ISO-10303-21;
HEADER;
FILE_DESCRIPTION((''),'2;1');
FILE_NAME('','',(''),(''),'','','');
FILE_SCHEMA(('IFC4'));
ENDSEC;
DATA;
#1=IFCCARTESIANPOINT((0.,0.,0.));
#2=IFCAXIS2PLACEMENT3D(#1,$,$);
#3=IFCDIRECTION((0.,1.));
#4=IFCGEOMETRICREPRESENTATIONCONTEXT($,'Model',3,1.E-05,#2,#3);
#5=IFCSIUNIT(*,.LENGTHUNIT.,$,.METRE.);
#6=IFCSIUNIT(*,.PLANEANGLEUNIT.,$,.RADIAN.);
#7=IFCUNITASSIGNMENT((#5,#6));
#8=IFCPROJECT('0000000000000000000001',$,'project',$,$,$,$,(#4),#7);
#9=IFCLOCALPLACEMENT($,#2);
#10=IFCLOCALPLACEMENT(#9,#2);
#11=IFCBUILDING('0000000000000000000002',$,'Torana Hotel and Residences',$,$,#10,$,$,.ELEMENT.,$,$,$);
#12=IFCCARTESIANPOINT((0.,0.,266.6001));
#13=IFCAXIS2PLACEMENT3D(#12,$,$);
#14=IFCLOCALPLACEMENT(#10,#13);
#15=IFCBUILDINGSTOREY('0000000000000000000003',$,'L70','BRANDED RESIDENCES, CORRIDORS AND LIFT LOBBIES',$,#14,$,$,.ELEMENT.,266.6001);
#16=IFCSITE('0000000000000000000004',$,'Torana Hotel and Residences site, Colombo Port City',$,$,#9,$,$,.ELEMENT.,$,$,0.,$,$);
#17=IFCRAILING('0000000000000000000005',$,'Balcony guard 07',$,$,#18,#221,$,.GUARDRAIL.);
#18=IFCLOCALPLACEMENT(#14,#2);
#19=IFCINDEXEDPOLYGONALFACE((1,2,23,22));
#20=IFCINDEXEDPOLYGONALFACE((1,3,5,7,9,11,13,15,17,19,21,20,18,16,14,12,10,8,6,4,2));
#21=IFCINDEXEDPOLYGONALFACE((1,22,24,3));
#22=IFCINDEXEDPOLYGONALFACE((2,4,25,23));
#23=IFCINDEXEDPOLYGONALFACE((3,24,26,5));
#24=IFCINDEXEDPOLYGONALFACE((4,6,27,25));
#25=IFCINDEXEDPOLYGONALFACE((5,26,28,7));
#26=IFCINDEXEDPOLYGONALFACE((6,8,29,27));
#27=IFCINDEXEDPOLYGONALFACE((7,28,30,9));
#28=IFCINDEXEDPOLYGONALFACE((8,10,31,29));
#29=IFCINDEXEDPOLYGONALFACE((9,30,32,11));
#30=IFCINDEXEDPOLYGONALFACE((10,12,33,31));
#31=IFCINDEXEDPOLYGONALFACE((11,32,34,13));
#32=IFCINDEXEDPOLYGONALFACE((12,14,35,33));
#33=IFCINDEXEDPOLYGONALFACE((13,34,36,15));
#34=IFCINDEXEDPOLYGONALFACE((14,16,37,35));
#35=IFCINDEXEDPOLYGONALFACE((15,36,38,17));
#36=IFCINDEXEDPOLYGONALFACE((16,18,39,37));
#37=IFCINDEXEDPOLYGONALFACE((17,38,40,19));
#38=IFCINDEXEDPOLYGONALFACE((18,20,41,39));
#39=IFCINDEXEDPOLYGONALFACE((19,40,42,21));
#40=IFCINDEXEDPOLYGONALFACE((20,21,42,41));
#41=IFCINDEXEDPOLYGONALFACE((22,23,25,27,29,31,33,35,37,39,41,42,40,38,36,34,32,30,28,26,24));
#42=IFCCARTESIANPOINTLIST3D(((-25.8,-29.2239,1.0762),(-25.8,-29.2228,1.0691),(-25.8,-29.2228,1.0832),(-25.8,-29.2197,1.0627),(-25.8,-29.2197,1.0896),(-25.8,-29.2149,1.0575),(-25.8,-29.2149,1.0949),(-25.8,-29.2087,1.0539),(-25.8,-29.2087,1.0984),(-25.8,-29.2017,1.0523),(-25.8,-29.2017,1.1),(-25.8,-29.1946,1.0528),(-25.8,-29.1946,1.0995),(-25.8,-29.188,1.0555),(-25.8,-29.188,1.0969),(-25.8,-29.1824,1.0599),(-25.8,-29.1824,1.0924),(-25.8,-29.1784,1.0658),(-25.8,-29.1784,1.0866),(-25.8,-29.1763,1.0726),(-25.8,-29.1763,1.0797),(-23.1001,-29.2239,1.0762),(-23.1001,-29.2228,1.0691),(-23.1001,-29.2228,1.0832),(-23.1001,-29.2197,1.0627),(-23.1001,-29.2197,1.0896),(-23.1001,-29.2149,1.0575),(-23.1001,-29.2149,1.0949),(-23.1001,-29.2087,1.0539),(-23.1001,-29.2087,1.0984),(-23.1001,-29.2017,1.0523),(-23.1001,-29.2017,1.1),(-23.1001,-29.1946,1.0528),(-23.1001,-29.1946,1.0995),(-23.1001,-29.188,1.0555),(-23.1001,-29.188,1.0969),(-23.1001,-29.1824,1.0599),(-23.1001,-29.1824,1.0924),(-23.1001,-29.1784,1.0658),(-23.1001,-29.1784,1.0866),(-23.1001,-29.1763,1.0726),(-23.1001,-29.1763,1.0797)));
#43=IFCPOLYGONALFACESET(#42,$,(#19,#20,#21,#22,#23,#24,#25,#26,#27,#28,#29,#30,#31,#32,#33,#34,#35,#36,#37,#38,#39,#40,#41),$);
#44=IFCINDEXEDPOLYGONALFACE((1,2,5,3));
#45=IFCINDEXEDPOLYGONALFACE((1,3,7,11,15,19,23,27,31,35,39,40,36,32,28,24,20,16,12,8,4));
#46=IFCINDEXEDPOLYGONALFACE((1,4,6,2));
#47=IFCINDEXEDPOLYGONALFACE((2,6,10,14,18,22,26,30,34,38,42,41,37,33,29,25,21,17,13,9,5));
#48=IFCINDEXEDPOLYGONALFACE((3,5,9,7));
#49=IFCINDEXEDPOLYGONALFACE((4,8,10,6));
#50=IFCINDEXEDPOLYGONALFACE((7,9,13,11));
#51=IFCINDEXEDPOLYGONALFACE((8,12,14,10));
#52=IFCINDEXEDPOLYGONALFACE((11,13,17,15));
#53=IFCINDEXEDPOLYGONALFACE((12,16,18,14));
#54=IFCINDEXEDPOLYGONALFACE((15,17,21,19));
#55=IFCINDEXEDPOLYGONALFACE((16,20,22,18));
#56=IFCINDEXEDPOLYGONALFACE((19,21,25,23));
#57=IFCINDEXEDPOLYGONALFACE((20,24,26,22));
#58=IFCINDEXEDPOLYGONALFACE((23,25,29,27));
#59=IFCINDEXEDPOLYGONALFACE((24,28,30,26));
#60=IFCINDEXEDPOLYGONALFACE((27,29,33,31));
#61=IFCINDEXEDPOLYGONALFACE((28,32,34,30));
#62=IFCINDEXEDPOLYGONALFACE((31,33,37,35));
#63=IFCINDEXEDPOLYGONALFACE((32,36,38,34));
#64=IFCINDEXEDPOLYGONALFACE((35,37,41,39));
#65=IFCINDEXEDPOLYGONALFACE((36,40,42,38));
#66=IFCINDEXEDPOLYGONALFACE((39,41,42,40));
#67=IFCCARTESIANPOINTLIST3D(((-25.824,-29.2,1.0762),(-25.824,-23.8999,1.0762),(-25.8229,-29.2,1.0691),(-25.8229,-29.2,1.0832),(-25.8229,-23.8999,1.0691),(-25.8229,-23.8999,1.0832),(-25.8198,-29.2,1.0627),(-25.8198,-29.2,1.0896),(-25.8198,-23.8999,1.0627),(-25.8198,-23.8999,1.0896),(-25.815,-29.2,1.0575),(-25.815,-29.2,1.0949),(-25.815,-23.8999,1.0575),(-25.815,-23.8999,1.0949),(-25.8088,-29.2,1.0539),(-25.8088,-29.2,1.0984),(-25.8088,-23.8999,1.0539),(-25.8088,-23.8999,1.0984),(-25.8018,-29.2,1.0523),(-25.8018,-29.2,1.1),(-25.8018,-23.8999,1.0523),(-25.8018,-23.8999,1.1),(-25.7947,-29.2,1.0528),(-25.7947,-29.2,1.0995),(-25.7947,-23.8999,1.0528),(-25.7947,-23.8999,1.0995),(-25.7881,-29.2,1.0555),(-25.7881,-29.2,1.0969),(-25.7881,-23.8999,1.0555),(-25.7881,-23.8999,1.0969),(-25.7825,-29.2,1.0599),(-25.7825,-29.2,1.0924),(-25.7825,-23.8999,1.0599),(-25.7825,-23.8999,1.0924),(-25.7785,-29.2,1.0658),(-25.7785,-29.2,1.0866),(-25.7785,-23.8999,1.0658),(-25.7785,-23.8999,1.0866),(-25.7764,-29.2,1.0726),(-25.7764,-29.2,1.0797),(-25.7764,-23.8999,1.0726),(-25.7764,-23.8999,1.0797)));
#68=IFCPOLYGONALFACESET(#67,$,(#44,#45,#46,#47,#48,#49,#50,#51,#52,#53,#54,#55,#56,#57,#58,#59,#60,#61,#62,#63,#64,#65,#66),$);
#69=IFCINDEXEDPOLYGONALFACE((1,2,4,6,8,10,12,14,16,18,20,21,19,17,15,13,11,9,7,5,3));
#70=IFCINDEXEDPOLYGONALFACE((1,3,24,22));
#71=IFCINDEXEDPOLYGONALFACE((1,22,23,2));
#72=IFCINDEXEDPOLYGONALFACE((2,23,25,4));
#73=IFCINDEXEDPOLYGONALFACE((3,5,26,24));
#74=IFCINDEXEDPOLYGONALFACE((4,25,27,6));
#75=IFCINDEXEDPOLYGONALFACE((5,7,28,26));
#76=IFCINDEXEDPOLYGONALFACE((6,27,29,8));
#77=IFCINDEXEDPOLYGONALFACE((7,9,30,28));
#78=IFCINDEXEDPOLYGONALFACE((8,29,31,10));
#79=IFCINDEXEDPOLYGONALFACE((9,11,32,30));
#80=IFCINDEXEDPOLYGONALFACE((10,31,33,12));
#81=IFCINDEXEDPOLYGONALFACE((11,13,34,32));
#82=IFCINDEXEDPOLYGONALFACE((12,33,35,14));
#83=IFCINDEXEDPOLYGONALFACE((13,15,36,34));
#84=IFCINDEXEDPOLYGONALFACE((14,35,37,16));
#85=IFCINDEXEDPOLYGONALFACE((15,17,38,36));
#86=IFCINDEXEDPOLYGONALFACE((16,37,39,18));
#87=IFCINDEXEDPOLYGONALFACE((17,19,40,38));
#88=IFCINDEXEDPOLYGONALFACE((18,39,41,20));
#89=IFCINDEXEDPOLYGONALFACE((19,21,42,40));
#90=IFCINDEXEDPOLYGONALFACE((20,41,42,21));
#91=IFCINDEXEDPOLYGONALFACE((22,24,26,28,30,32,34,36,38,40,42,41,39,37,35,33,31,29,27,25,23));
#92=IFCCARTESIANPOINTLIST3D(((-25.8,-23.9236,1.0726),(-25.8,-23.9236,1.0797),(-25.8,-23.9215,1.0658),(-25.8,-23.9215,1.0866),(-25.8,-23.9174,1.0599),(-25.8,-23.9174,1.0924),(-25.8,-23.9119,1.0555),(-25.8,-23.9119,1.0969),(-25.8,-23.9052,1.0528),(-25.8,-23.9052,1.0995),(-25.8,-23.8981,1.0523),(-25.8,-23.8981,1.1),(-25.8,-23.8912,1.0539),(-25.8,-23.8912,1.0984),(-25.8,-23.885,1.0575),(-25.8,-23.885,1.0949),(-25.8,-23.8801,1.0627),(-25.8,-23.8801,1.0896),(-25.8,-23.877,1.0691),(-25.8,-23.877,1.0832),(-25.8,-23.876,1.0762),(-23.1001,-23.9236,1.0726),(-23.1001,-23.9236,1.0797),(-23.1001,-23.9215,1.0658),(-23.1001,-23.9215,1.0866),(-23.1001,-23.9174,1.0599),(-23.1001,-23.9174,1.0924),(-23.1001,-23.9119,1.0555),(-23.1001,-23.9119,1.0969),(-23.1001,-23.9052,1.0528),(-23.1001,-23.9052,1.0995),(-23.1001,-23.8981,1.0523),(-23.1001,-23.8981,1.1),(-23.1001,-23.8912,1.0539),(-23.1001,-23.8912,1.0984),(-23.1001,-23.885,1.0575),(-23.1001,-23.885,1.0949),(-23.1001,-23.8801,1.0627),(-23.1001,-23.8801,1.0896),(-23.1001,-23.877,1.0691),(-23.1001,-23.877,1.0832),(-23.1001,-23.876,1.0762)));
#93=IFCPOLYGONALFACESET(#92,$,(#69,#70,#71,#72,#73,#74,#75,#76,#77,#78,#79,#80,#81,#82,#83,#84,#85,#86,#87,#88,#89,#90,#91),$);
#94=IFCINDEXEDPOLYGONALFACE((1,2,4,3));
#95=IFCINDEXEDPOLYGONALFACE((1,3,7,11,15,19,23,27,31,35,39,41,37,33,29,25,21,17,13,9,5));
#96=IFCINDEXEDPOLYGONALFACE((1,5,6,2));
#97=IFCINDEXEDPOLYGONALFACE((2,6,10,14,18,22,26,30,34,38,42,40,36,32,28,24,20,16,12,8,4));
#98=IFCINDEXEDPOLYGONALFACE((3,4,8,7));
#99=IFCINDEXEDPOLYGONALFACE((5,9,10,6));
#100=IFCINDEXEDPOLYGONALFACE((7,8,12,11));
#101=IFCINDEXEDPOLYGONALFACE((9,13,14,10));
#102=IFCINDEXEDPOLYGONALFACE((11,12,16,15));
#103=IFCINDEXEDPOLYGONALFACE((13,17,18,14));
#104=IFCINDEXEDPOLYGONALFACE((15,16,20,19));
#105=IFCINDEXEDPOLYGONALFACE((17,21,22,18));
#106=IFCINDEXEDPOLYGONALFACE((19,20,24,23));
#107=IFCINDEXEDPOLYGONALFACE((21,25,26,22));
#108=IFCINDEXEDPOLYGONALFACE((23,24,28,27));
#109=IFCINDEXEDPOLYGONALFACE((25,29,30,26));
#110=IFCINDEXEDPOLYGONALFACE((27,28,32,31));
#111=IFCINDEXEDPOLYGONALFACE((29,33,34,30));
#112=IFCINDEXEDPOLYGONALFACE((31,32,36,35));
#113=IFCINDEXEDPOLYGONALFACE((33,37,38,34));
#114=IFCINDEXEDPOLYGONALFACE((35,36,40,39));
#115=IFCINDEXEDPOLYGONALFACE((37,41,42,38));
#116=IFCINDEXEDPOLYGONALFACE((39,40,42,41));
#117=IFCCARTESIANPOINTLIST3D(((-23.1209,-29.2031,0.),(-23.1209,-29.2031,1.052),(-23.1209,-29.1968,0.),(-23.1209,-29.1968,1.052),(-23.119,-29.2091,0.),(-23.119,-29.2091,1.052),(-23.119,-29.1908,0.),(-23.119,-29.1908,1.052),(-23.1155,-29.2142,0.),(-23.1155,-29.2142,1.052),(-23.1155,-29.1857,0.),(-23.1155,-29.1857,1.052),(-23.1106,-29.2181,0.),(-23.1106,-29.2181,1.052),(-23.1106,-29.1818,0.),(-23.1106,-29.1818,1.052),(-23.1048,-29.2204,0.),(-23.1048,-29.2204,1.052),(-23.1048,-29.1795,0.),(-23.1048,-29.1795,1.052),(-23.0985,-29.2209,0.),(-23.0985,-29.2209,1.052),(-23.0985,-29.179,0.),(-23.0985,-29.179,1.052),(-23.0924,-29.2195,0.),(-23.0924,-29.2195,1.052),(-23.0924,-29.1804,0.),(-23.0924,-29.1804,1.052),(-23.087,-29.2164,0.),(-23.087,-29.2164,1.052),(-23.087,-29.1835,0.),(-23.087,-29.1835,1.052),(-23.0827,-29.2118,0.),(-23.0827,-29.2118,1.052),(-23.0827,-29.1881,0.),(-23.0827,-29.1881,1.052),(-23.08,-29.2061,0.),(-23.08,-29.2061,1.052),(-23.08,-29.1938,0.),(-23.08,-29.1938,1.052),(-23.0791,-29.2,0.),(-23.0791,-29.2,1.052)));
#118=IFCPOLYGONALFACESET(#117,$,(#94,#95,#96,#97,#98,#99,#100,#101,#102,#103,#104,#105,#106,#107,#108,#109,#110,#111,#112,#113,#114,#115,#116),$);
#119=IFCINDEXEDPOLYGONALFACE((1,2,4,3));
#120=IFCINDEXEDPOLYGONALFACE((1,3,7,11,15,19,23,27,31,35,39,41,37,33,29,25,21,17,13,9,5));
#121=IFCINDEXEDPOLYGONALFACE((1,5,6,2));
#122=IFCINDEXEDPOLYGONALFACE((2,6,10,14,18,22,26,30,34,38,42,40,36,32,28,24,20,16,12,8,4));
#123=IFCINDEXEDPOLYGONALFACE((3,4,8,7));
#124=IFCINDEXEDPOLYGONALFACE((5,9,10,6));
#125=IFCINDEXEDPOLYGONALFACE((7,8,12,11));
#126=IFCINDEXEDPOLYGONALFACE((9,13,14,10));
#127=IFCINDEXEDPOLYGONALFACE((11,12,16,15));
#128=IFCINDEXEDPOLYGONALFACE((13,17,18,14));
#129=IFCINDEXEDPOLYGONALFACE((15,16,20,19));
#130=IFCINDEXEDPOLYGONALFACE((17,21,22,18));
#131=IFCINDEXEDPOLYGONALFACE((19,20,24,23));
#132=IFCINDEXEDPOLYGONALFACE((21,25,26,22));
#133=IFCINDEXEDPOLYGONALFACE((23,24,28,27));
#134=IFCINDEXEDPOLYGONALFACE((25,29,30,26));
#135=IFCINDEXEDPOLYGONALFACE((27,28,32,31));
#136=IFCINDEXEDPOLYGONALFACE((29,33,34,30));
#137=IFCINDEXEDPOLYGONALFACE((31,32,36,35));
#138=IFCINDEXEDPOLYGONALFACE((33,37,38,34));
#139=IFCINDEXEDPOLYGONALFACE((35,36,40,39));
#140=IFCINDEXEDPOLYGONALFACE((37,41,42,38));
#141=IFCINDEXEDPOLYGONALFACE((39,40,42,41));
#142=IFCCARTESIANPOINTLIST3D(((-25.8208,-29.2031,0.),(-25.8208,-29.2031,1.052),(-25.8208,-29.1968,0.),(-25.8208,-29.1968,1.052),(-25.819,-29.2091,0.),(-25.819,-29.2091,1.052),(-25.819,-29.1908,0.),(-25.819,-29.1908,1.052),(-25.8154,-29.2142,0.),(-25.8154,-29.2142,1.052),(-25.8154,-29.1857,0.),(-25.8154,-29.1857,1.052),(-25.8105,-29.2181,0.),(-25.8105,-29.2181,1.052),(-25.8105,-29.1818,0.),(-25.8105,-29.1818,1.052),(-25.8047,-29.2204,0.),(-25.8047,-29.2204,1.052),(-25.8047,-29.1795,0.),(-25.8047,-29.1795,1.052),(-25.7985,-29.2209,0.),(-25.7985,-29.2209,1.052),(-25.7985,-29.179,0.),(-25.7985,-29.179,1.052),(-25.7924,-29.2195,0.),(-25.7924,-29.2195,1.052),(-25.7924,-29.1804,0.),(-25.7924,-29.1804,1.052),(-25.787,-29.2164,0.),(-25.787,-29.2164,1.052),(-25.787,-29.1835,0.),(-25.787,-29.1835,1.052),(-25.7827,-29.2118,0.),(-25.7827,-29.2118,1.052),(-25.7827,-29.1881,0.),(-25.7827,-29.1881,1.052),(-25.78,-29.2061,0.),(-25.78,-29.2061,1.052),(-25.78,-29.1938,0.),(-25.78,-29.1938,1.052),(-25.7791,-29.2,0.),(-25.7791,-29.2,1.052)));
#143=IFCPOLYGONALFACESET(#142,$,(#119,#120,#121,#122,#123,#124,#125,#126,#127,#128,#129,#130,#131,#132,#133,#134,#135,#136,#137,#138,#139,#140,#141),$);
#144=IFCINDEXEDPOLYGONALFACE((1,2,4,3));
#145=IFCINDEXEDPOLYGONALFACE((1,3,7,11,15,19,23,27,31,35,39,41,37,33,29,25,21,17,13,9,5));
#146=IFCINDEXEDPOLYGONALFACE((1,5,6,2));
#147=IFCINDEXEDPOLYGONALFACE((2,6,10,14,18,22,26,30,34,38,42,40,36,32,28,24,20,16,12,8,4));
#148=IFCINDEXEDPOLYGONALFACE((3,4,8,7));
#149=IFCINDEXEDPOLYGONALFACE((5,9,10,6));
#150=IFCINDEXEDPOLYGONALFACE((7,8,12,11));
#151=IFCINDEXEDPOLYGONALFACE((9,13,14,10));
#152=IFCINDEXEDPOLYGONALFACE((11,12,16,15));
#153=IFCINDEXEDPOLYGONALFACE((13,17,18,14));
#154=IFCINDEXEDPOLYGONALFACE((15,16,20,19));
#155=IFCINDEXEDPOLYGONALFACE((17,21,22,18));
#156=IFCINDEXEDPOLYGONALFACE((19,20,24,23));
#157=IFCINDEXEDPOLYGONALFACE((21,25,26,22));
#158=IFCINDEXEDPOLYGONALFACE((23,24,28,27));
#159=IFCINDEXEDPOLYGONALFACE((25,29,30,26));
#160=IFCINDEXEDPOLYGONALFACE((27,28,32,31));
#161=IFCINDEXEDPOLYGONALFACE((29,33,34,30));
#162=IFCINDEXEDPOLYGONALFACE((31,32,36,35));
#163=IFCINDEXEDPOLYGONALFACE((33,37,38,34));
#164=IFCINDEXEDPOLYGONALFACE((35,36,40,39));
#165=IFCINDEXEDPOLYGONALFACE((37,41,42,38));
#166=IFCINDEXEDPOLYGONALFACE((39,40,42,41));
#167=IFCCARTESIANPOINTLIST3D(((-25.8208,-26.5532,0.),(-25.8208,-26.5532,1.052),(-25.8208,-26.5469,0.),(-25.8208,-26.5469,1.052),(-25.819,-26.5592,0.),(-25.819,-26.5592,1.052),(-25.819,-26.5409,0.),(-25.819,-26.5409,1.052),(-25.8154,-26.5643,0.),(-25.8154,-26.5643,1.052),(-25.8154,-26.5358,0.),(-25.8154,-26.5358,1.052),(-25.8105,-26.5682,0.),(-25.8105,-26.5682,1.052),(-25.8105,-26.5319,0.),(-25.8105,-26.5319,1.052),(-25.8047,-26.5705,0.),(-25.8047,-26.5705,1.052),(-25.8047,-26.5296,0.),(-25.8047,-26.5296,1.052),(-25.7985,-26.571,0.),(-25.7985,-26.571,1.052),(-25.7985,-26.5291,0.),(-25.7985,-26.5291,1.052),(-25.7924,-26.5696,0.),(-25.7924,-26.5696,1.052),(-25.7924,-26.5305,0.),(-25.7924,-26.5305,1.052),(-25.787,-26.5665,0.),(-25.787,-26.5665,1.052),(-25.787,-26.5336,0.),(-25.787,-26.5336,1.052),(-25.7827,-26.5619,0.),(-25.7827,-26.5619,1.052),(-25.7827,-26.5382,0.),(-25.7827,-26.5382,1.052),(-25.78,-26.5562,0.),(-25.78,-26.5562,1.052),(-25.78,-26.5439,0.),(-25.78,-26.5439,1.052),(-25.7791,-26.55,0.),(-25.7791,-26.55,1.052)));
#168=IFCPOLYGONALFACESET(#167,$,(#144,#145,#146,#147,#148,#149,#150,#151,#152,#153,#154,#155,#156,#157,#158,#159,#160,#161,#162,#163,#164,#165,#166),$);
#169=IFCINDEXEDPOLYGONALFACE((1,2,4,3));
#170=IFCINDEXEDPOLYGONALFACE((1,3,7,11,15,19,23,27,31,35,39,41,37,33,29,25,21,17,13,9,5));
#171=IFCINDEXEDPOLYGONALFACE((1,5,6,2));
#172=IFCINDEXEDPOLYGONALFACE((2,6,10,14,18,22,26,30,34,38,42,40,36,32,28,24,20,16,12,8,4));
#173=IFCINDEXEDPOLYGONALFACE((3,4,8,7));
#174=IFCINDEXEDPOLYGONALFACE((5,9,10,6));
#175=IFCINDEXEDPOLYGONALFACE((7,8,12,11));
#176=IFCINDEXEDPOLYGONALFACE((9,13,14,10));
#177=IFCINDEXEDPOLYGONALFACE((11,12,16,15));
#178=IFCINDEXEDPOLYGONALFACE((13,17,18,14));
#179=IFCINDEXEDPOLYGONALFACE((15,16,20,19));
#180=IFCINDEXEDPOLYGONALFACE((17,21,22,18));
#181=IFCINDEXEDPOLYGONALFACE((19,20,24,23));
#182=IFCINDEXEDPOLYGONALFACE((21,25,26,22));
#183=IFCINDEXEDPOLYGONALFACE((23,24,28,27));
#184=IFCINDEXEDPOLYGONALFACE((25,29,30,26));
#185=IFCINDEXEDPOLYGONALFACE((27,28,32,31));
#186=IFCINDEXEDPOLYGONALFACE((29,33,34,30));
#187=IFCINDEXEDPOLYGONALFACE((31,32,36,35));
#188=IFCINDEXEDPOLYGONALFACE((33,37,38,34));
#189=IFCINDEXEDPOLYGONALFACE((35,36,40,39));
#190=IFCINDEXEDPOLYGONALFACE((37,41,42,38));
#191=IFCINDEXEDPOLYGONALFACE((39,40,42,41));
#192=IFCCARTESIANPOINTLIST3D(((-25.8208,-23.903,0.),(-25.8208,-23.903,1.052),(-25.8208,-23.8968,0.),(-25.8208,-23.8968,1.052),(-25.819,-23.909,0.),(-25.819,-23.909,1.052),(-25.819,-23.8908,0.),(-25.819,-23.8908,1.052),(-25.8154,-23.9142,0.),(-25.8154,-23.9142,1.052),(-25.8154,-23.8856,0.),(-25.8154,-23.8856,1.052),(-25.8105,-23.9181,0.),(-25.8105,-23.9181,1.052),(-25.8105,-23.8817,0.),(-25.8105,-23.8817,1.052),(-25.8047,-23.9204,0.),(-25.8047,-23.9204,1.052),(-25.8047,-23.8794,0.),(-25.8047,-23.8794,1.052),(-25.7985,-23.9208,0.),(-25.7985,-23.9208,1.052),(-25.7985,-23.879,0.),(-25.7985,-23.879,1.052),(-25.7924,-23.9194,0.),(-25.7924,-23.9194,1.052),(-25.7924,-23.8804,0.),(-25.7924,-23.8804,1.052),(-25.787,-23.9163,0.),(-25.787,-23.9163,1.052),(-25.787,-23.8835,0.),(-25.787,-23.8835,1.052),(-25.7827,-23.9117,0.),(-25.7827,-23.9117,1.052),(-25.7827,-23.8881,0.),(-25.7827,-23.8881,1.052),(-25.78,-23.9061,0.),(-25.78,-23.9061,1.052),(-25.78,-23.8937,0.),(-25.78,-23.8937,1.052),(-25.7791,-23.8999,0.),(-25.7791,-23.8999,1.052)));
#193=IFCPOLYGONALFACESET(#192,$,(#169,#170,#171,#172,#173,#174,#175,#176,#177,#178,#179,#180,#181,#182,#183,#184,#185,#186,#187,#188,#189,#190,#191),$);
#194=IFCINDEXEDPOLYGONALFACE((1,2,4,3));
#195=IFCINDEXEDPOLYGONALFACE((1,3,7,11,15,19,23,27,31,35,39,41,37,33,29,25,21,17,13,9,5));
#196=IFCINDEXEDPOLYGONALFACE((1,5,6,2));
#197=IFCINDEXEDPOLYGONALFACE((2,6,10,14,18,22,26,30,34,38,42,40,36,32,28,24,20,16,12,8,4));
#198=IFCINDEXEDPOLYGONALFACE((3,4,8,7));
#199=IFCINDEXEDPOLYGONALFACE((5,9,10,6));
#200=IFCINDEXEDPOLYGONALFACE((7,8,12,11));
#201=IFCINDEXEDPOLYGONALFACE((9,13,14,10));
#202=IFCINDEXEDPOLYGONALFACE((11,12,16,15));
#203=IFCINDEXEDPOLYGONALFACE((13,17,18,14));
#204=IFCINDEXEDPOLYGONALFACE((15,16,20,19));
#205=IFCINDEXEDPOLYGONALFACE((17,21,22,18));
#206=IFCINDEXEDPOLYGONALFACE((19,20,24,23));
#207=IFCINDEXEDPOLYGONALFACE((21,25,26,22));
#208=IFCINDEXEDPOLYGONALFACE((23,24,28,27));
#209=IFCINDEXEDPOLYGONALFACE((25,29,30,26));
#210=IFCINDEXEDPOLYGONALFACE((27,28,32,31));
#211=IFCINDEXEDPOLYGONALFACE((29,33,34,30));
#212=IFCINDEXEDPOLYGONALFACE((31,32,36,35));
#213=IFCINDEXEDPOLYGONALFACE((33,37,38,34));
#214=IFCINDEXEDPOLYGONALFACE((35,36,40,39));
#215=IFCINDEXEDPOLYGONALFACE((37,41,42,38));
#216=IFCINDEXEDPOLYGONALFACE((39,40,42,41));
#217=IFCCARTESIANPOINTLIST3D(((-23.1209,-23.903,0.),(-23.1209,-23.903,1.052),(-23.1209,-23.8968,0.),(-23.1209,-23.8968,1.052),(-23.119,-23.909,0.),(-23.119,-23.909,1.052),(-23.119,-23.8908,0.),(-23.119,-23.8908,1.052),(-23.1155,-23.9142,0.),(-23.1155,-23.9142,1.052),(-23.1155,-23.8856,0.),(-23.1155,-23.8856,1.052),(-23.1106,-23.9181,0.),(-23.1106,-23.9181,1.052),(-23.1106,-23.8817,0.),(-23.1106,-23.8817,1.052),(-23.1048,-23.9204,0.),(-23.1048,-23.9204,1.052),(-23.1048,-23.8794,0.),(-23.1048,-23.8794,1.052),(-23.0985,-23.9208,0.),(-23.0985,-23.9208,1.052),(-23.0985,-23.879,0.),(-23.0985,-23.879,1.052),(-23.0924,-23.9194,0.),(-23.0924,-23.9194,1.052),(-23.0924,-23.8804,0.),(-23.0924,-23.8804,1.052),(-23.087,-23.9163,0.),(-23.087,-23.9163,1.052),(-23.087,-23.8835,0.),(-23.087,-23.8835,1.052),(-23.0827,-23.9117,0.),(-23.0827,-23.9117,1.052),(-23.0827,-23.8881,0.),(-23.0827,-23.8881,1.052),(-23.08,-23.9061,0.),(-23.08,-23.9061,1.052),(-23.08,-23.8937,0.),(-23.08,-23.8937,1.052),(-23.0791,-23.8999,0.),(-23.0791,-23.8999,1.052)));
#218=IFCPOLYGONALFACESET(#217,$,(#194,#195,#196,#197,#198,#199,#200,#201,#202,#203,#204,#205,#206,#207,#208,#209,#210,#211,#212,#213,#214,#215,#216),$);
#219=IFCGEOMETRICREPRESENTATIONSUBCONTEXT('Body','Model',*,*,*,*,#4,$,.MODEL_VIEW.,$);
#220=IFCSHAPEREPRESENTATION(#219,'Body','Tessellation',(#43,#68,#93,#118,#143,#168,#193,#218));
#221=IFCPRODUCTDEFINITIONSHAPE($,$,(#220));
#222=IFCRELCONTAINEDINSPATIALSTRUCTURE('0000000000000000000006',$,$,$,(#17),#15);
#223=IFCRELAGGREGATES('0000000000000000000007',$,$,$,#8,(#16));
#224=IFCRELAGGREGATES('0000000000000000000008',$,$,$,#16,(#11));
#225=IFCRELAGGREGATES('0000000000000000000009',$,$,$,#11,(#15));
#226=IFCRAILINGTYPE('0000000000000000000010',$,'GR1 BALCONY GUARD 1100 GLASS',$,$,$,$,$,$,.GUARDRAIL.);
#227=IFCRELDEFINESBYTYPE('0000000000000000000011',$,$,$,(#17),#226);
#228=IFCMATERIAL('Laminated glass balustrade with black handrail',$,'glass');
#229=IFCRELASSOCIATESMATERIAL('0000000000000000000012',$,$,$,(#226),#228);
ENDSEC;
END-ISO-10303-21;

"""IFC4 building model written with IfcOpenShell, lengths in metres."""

from ifc_helpers import new_model, si_unit, direction, frame, origin, origin_2d, place, context, subcontext, project, spatial, circle, extrude, material, type_object, element, save


model = new_model("IFC4")

# Units and contexts
model_context = context("Model", 3, precision=1e-05, world=origin(), true_north=direction((0.0, 1.0)))
body_context = subcontext(model_context, "Body", "Model", "MODEL_VIEW")
ifc_project = project(units=[si_unit("LENGTHUNIT", "METRE"), si_unit("PLANEANGLEUNIT", "RADIAN")], contexts=[model_context])

# Site, building, storey
site_placement = place(None, origin())
site = spatial("IfcSite", under=ifc_project, at=site_placement, Name="Torana Hotel and Residences site, Colombo Port City", CompositionType="ELEMENT", RefElevation=0.0)
building_placement = place(site_placement, origin())
building = spatial("IfcBuilding", under=site, at=building_placement, Name="Torana Hotel and Residences", CompositionType="ELEMENT")
storey_placement = place(building_placement, frame((0.0, 0.0, 266.6001)))
storey = spatial("IfcBuildingStorey", under=building, at=storey_placement, Name="L70", Description="BRANDED RESIDENCES, CORRIDORS AND LIFT LOBBIES", CompositionType="ELEMENT", Elevation=266.6001)

# Railing
ifc_material_1 = material(Name="Laminated glass balustrade with black handrail", Category="glass")
railing_type = type_object("IfcRailingType", Name="GR1 BALCONY GUARD 1100 GLASS", PredefinedType="GUARDRAIL", material=ifc_material_1)
railing_placement = place(storey_placement, frame((-23.1001, -29.2, 0.0)))
element("IfcRailing", 1, at=railing_placement, inside=storey, type_object=railing_type, Name="Balcony guard 07", PredefinedType="GUARDRAIL", context=body_context, shape_type="SweptSolid", body=[
    extrude(circle(Radius=0.0239, at=origin_2d()), frame((0.0, 0.0, 1.0762), z_axis=(-1.0, 0.0, 0.0), x_axis=(0.0, -1.0, 0.0)), (0.0, 0.0, 1.0), 2.7),
    extrude(circle(Radius=0.0239, at=origin_2d()), frame((-2.7, 0.0, 1.0762), z_axis=(0.0, 1.0, 0.0), x_axis=(-1.0, 0.0, 0.0)), (0.0, 0.0, 1.0), 5.3),
    extrude(circle(Radius=0.0239, at=origin_2d()), frame((-2.7, 5.3, 1.0762), z_axis=(1.0, 0.0, 0.0), x_axis=(0.0, 1.0, 0.0)), (0.0, 0.0, 1.0), 2.7),
    extrude(circle(Radius=0.021, at=origin_2d()), origin(), (0.0, 0.0, 1.0), 1.052),
    extrude(circle(Radius=0.021, at=origin_2d()), frame((-2.7, 0.0, 0.0)), (0.0, 0.0, 1.0), 1.052),
    extrude(circle(Radius=0.021, at=origin_2d()), frame((-2.7, 2.6499, 0.0)), (0.0, 0.0, 1.0), 1.052),
    extrude(circle(Radius=0.021, at=origin_2d()), frame((-2.7, 5.3, 0.0)), (0.0, 0.0, 1.0), 1.052),
    extrude(circle(Radius=0.021, at=origin_2d()), frame((0.0, 5.3, 0.0)), (0.0, 0.0, 1.0), 1.052),
])

save(model, "model.ifc")
